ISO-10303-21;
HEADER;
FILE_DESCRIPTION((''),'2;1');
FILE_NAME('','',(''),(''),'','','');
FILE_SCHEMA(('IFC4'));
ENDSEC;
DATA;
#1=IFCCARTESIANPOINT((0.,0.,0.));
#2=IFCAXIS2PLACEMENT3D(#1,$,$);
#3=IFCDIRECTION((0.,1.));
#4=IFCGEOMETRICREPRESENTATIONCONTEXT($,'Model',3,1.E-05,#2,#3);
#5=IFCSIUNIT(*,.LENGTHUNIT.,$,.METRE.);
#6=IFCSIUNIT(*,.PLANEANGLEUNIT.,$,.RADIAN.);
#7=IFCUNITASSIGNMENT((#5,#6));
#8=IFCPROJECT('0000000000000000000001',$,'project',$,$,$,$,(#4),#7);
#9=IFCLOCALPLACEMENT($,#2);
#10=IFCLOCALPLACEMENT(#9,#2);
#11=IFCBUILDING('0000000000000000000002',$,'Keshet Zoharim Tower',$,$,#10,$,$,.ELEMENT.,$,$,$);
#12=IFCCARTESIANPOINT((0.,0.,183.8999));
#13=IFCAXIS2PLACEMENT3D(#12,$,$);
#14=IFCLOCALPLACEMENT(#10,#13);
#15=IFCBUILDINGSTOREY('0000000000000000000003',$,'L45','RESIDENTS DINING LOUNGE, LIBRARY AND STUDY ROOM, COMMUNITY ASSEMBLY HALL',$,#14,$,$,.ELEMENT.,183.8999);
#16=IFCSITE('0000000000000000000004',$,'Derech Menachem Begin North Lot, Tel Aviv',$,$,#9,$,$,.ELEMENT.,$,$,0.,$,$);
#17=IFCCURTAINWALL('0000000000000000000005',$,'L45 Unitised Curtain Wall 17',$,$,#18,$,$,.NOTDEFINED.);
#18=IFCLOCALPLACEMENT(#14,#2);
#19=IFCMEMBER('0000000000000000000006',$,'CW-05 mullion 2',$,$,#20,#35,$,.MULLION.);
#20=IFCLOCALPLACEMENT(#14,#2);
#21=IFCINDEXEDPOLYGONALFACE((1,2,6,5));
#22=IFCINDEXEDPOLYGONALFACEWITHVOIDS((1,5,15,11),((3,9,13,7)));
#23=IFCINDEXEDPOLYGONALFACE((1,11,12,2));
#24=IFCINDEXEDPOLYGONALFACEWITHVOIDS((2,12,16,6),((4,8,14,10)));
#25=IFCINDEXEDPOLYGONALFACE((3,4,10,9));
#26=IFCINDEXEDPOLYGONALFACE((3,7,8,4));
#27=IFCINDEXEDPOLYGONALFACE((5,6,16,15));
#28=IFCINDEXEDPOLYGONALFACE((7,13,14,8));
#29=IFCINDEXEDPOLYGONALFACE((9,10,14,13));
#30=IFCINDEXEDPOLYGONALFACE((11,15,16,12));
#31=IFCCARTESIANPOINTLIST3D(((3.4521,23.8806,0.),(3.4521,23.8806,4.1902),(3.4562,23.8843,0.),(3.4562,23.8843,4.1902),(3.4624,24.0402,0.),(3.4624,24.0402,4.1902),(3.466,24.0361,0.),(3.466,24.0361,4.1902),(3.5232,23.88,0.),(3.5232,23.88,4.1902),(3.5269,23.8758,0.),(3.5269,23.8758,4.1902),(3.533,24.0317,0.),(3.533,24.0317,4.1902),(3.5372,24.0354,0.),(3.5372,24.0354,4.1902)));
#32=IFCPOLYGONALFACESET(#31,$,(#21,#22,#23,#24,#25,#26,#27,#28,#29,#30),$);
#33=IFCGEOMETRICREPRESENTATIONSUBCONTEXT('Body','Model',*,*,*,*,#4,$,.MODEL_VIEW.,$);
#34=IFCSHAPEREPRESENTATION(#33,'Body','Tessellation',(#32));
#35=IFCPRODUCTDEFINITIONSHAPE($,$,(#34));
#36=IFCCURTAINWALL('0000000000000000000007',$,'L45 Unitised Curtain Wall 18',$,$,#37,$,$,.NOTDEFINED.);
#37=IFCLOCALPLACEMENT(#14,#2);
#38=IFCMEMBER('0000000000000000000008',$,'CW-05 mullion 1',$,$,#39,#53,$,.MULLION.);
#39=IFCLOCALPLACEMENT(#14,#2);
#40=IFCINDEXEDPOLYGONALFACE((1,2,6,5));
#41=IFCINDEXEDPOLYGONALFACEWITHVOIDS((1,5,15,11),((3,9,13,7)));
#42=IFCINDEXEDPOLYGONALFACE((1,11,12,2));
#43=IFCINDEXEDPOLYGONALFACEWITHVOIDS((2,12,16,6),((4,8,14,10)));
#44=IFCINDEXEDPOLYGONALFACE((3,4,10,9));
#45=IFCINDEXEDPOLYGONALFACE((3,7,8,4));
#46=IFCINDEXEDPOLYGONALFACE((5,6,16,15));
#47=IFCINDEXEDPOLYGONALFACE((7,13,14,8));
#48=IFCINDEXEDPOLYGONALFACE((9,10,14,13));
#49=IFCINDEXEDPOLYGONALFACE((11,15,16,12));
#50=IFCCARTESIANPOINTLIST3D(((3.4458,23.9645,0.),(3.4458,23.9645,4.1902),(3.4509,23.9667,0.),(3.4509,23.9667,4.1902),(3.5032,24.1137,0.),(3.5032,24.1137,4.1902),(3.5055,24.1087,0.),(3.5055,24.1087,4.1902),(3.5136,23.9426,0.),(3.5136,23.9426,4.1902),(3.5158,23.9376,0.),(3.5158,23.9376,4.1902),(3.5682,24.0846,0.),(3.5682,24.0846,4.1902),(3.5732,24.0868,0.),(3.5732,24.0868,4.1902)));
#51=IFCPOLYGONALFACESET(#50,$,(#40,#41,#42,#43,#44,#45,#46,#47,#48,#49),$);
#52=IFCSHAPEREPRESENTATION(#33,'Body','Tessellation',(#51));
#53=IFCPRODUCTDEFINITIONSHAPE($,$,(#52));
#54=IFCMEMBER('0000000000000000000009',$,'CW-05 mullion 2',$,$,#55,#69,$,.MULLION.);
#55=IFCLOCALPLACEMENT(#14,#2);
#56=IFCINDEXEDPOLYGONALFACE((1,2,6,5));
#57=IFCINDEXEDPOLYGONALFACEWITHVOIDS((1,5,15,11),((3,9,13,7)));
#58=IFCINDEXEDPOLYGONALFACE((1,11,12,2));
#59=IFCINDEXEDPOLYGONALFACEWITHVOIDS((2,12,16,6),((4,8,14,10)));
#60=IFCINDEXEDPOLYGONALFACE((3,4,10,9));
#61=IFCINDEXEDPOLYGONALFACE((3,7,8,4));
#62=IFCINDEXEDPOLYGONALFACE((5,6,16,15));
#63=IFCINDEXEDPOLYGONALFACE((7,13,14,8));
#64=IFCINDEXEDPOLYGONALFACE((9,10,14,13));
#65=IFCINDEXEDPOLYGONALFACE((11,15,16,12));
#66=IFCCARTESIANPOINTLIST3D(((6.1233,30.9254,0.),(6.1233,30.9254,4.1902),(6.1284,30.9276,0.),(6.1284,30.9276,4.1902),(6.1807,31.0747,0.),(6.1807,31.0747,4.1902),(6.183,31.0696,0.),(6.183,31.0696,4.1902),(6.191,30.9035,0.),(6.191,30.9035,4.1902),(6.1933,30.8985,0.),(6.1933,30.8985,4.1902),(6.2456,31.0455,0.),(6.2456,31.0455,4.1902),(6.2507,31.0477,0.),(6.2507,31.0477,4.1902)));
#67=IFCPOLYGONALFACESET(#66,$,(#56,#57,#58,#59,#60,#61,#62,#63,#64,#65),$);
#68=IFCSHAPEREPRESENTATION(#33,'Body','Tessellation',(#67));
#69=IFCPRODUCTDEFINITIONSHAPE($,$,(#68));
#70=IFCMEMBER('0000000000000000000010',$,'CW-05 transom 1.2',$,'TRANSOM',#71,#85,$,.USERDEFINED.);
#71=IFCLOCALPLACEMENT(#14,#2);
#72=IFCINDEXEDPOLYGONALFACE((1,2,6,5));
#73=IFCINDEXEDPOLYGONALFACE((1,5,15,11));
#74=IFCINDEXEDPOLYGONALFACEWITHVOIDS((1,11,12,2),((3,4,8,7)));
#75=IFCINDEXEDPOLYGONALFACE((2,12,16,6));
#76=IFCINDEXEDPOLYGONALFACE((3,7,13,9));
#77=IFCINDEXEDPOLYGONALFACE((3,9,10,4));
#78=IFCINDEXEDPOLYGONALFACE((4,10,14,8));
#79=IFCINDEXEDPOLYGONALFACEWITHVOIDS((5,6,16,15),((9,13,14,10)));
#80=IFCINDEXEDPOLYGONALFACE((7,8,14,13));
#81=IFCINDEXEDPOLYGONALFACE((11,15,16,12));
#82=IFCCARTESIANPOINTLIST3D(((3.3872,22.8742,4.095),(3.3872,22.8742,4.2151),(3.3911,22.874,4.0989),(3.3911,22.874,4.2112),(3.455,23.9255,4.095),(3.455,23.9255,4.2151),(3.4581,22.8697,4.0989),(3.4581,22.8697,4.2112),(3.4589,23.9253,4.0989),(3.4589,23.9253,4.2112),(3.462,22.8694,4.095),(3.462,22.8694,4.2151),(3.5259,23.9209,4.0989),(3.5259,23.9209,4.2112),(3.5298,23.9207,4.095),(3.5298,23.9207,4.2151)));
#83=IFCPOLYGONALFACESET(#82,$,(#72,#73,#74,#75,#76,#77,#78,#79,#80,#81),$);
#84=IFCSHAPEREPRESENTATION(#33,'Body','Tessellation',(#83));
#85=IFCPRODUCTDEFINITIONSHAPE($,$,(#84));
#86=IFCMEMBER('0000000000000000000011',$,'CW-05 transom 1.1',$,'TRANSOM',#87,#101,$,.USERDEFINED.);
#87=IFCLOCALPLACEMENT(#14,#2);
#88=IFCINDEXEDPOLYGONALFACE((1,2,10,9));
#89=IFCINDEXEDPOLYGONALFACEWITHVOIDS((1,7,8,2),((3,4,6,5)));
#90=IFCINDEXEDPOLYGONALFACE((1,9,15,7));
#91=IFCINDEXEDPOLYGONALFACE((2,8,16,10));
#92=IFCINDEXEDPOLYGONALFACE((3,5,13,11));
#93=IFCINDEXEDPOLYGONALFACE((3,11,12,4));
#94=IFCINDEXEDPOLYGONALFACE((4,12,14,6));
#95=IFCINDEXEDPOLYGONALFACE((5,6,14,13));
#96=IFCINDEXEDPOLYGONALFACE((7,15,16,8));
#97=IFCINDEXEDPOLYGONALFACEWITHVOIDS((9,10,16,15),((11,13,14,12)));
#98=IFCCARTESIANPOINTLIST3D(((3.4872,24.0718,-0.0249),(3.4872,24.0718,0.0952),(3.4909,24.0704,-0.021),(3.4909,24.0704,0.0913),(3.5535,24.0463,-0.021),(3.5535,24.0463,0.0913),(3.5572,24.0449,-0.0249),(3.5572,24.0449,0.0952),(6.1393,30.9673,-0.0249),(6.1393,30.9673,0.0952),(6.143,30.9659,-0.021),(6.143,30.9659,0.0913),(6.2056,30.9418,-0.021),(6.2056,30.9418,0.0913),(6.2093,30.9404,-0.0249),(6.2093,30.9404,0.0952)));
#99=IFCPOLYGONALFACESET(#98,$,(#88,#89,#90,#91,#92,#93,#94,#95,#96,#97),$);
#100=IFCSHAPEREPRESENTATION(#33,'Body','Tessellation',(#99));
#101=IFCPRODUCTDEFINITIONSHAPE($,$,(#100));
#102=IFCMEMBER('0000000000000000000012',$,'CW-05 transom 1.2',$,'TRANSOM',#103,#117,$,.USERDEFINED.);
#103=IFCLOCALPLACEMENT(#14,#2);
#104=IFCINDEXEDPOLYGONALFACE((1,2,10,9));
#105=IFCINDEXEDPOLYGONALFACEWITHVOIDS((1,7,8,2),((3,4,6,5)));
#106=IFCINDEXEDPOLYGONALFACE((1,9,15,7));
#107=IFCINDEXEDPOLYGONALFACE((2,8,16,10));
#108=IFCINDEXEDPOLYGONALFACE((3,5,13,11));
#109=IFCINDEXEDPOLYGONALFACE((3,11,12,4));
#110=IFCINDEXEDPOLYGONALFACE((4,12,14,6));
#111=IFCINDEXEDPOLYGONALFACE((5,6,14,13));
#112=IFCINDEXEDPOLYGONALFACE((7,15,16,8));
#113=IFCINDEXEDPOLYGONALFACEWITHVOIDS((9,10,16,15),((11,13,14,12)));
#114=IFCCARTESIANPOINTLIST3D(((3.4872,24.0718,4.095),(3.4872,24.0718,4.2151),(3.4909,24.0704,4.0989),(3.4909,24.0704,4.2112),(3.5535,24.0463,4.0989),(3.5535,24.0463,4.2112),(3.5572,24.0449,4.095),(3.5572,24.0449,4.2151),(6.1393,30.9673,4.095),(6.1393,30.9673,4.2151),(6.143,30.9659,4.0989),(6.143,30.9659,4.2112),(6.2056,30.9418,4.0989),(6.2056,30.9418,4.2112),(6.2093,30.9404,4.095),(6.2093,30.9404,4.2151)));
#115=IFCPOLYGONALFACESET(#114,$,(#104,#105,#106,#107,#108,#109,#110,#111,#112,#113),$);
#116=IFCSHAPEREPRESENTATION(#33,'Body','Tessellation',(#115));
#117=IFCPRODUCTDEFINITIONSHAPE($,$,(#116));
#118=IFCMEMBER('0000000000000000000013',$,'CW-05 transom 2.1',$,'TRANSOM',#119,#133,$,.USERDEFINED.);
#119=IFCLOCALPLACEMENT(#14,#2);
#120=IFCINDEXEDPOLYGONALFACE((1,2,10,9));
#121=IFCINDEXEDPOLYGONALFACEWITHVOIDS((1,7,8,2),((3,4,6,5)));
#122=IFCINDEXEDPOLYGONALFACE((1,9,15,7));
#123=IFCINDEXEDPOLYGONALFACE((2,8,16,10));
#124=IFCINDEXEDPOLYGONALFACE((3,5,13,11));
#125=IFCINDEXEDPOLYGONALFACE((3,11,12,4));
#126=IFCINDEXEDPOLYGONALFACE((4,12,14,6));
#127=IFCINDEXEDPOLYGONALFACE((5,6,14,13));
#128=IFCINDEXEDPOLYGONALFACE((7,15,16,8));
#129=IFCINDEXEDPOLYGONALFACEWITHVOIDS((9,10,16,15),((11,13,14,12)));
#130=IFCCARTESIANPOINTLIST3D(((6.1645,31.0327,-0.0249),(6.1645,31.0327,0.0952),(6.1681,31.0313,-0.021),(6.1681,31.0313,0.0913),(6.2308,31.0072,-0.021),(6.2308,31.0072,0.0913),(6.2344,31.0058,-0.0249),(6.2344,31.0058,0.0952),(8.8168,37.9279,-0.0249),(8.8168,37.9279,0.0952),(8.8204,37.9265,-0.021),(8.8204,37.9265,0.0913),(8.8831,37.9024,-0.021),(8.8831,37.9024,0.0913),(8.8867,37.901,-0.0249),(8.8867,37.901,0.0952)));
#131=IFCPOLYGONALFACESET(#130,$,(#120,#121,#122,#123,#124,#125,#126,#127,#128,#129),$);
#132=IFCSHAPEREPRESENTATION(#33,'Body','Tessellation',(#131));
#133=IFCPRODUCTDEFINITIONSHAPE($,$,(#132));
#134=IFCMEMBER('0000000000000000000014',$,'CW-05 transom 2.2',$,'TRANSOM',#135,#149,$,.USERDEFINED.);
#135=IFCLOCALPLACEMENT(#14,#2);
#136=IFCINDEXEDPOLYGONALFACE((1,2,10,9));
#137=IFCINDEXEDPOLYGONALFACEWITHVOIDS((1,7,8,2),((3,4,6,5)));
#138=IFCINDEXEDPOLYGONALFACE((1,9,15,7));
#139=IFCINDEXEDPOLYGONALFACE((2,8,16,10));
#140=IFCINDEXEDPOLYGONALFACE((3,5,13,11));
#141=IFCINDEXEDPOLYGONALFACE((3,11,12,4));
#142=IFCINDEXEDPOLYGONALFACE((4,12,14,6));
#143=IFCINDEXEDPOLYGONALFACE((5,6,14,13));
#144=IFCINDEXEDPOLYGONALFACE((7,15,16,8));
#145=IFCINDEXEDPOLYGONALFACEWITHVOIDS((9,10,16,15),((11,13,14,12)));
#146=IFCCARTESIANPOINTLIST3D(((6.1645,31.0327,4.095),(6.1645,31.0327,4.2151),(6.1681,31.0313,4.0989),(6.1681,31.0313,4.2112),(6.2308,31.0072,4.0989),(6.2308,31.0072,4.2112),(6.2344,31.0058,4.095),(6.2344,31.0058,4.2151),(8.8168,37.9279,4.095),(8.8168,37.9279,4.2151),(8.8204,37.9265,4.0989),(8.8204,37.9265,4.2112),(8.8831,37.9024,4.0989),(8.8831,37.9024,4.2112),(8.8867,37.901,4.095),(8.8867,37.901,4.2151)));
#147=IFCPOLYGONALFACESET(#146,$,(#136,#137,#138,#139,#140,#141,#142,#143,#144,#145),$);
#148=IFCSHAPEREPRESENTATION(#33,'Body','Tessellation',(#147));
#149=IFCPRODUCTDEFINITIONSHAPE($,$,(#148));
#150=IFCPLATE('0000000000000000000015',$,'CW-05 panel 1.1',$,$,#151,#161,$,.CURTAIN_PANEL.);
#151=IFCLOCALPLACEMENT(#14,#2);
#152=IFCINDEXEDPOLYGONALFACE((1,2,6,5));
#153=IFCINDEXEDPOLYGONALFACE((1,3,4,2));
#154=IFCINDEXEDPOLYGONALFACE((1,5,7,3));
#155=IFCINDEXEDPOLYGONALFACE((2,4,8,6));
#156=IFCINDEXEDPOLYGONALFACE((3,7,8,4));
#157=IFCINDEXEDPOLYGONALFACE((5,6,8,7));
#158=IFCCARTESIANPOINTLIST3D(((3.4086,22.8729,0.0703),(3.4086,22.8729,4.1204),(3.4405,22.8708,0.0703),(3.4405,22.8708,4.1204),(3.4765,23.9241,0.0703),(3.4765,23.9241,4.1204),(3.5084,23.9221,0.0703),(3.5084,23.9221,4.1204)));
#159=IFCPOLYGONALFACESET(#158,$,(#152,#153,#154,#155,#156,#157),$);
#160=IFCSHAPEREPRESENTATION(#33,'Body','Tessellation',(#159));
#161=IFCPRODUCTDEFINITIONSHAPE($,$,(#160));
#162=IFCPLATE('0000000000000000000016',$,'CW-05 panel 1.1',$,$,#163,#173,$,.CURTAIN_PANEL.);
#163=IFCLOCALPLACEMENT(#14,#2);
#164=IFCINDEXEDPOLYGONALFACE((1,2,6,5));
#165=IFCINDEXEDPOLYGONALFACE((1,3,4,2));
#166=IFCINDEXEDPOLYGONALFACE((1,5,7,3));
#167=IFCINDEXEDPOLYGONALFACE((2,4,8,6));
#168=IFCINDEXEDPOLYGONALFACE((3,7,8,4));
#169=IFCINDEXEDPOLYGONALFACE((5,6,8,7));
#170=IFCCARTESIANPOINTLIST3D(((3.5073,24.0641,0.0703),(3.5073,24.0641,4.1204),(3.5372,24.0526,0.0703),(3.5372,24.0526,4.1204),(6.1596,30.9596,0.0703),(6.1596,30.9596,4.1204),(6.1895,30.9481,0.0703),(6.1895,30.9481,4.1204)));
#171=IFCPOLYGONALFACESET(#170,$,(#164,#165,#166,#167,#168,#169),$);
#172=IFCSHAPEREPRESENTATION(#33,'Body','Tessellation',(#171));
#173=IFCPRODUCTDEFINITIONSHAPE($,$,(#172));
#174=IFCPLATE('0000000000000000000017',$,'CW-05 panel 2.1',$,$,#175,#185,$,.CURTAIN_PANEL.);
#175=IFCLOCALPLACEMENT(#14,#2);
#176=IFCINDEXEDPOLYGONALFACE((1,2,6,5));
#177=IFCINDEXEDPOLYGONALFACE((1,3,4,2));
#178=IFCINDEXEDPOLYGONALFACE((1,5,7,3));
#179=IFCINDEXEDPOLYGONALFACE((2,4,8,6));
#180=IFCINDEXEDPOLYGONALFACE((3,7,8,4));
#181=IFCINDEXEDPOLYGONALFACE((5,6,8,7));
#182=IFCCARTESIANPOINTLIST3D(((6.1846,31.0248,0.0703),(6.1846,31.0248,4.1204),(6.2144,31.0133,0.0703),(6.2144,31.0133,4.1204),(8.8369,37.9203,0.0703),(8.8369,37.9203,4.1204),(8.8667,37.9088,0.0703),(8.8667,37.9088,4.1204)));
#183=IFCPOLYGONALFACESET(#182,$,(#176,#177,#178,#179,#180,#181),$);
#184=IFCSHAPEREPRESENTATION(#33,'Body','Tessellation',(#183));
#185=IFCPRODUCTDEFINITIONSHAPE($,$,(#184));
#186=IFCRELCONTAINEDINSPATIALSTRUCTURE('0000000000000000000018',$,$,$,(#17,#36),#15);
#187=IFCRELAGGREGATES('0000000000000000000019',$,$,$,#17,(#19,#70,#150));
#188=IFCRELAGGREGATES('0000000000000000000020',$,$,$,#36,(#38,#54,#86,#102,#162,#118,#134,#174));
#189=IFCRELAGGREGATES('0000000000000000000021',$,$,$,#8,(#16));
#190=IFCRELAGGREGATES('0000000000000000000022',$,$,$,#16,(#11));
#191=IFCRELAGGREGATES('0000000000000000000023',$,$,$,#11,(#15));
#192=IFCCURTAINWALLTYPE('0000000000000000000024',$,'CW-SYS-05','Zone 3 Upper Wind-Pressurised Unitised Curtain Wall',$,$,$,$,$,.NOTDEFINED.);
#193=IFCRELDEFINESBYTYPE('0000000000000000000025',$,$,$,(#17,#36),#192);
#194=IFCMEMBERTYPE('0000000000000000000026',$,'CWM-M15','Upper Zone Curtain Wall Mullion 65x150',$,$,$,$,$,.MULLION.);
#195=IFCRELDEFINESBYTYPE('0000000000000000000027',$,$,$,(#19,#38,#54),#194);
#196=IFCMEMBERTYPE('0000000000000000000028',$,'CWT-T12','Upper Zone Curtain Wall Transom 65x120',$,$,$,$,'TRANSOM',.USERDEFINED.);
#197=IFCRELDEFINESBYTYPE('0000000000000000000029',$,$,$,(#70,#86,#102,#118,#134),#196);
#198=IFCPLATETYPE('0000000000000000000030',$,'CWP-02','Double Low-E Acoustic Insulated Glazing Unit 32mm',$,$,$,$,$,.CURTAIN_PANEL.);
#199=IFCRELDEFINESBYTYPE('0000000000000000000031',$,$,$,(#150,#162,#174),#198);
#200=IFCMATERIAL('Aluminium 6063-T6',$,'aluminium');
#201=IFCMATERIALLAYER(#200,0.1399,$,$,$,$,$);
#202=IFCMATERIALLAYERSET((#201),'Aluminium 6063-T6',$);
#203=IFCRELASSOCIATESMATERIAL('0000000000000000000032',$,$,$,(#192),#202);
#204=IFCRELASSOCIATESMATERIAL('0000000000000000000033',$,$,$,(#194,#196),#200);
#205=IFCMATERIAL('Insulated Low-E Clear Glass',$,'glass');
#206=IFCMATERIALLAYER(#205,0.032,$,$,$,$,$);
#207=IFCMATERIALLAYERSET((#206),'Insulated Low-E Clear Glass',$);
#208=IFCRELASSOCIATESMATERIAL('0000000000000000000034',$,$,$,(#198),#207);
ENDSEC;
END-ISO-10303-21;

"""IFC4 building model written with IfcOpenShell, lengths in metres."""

from ifc_helpers import new_model, si_unit, direction, frame, origin, origin_2d, place, context, subcontext, project, spatial, rectangle, hollow_rectangle, extrude, material, layer, layer_set, material_profile, profile_set, type_object, element, aggregate, save


model = new_model("IFC4")

# Units and contexts
model_context = context("Model", 3, precision=1e-05, world=origin(), true_north=direction((0.0, 1.0)))
body_context = subcontext(model_context, "Body", "Model", "MODEL_VIEW")
ifc_project = project(units=[si_unit("LENGTHUNIT", "METRE"), si_unit("PLANEANGLEUNIT", "RADIAN")], contexts=[model_context])

# Site, building, storey
site_placement = place(None, origin())
site = spatial("IfcSite", under=ifc_project, at=site_placement, Name="Derech Menachem Begin North Lot, Tel Aviv", CompositionType="ELEMENT", RefElevation=0.0)
building_placement = place(site_placement, origin())
building = spatial("IfcBuilding", under=site, at=building_placement, Name="Keshet Zoharim Tower", CompositionType="ELEMENT")
storey_placement = place(building_placement, frame((0.0, 0.0, 183.8999)))
storey = spatial("IfcBuildingStorey", under=building, at=storey_placement, Name="L45", Description="RESIDENTS DINING LOUNGE, LIBRARY AND STUDY ROOM, COMMUNITY ASSEMBLY HALL", CompositionType="ELEMENT", Elevation=183.8999)

# Curtain wall, member
ifc_material_1 = material(Name="Aluminium 6063-T6", Category="aluminium")
ifc_layer_1 = layer(ifc_material_1, 0.1399)
ifc_layer_set_1 = layer_set([ifc_layer_1], Name="Aluminium 6063-T6")
curtain_wall_type = type_object("IfcCurtainWallType", Name="CW-SYS-05", Description="Zone 3 Upper Wind-Pressurised Unitised Curtain Wall", PredefinedType="NOTDEFINED", material=ifc_layer_set_1)
curtain_wall_1_placement = place(storey_placement, origin())
curtain_wall_1 = element("IfcCurtainWall", 1, at=curtain_wall_1_placement, inside=storey, type_object=curtain_wall_type, Name="L45 Unitised Curtain Wall 17", PredefinedType="NOTDEFINED")
ifc_material_profile_1 = material_profile(ifc_material_1, hollow_rectangle(XDim=0.075, YDim=0.1599, WallThickness=0.0039, at=origin_2d()), Name="MUL-75x160")
ifc_profile_set_1 = profile_set([ifc_material_profile_1], Name="Aluminium 6063-T6")
member_type_1 = type_object("IfcMemberType", Name="CWM-M15", Description="Upper Zone Curtain Wall Mullion 65x150", PredefinedType="MULLION", material=ifc_profile_set_1)
member_1_placement = place(storey_placement, frame((3.4946, 23.958, 0.0), z_axis=(0.0, 0.0, 1.0), x_axis=(-0.997917, 0.064517, 0.0)))
member_1 = element("IfcMember", 2, at=member_1_placement, type_object=member_type_1, Name="CW-05 mullion 2", PredefinedType="MULLION", context=body_context, shape_type="SweptSolid", body=[
    extrude(hollow_rectangle(XDim=0.075, YDim=0.1599, WallThickness=0.0039, at=origin_2d()), origin(), (0.0, 0.0, 1.0), 4.1902),
])

# Curtain wall, members
curtain_wall_2_placement = place(storey_placement, origin())
curtain_wall_2 = element("IfcCurtainWall", 3, at=curtain_wall_2_placement, inside=storey, type_object=curtain_wall_type, Name="L45 Unitised Curtain Wall 18", PredefinedType="NOTDEFINED")
member_2_placement = place(storey_placement, frame((3.5095, 24.0256, 0.0), z_axis=(0.0, 0.0, 1.0), x_axis=(-0.933337, 0.359001, 0.0)))
member_2 = element("IfcMember", 4, at=member_2_placement, type_object=member_type_1, Name="CW-05 mullion 1", PredefinedType="MULLION", context=body_context, shape_type="SweptSolid", body=[
    extrude(hollow_rectangle(XDim=0.075, YDim=0.1599, WallThickness=0.0039, at=origin_2d()), origin(), (0.0, 0.0, 1.0), 4.1902),
])
member_3_placement = place(storey_placement, frame((6.187, 30.9866, 0.0), z_axis=(0.0, 0.0, 1.0), x_axis=(-0.933337, 0.359001, 0.0)))
member_3 = element("IfcMember", 5, at=member_3_placement, type_object=member_type_1, Name="CW-05 mullion 2", PredefinedType="MULLION", context=body_context, shape_type="SweptSolid", body=[
    extrude(hollow_rectangle(XDim=0.075, YDim=0.1599, WallThickness=0.0039, at=origin_2d()), origin(), (0.0, 0.0, 1.0), 4.1902),
])

# Members
ifc_material_profile_2 = material_profile(ifc_material_1, hollow_rectangle(XDim=0.075, YDim=0.1201, WallThickness=0.0039, at=origin_2d()), Name="TRN-75x120")
ifc_profile_set_2 = profile_set([ifc_material_profile_2], Name="Aluminium 6063-T6")
member_type_2 = type_object("IfcMemberType", Name="CWT-T12", Description="Upper Zone Curtain Wall Transom 65x120", ElementType="TRANSOM", PredefinedType="USERDEFINED", material=ifc_profile_set_2)
member_4_placement = place(storey_placement, frame((3.4246, 22.8718, 4.155), z_axis=(0.064427, 0.997922, 0.0), x_axis=(-0.997922, 0.064427, 0.0)))
member_4 = element("IfcMember", 6, at=member_4_placement, type_object=member_type_2, Name="CW-05 transom 1.2", ObjectType="TRANSOM", PredefinedType="USERDEFINED", context=body_context, shape_type="SweptSolid", body=[
    extrude(hollow_rectangle(XDim=0.075, YDim=0.1201, WallThickness=0.0039, at=origin_2d()), origin(), (0.0, 0.0, 1.0), 1.0535),
])
member_5_placement = place(storey_placement, frame((3.5222, 24.0583, 0.0352), z_axis=(0.358977, 0.933346, 0.0), x_axis=(-0.933346, 0.358977, 0.0)))
member_5 = element("IfcMember", 7, at=member_5_placement, type_object=member_type_2, Name="CW-05 transom 1.1", ObjectType="TRANSOM", PredefinedType="USERDEFINED", context=body_context, shape_type="SweptSolid", body=[
    extrude(hollow_rectangle(XDim=0.075, YDim=0.1201, WallThickness=0.0039, at=origin_2d()), origin(), (0.0, 0.0, 1.0), 7.3879),
])
member_6_placement = place(storey_placement, frame((3.5222, 24.0583, 4.155), z_axis=(0.358977, 0.933346, 0.0), x_axis=(-0.933346, 0.358977, 0.0)))
member_6 = element("IfcMember", 8, at=member_6_placement, type_object=member_type_2, Name="CW-05 transom 1.2", ObjectType="TRANSOM", PredefinedType="USERDEFINED", context=body_context, shape_type="SweptSolid", body=[
    extrude(hollow_rectangle(XDim=0.075, YDim=0.1201, WallThickness=0.0039, at=origin_2d()), origin(), (0.0, 0.0, 1.0), 7.3879),
])
member_7_placement = place(storey_placement, frame((6.1995, 31.0193, 0.0352), z_axis=(0.359017, 0.933331, 0.0), x_axis=(-0.933331, 0.359017, 0.0)))
member_7 = element("IfcMember", 9, at=member_7_placement, type_object=member_type_2, Name="CW-05 transom 2.1", ObjectType="TRANSOM", PredefinedType="USERDEFINED", context=body_context, shape_type="SweptSolid", body=[
    extrude(hollow_rectangle(XDim=0.075, YDim=0.1201, WallThickness=0.0039, at=origin_2d()), origin(), (0.0, 0.0, 1.0), 7.3877),
])
member_8_placement = place(storey_placement, frame((6.1995, 31.0193, 4.155), z_axis=(0.359017, 0.933331, 0.0), x_axis=(-0.933331, 0.359017, 0.0)))
member_8 = element("IfcMember", 10, at=member_8_placement, type_object=member_type_2, Name="CW-05 transom 2.2", ObjectType="TRANSOM", PredefinedType="USERDEFINED", context=body_context, shape_type="SweptSolid", body=[
    extrude(hollow_rectangle(XDim=0.075, YDim=0.1201, WallThickness=0.0039, at=origin_2d()), origin(), (0.0, 0.0, 1.0), 7.3877),
])

# Plates
ifc_material_2 = material(Name="Insulated Low-E Clear Glass", Category="glass")
ifc_layer_2 = layer(ifc_material_2, 0.032)
ifc_layer_set_2 = layer_set([ifc_layer_2], Name="Insulated Low-E Clear Glass")
plate_type = type_object("IfcPlateType", Name="CWP-02", Description="Double Low-E Acoustic Insulated Glazing Unit 32mm", PredefinedType="CURTAIN_PANEL", material=ifc_layer_set_2)
plate_1_placement = place(storey_placement, frame((3.4585, 23.3975, 0.0703), z_axis=(0.0, 0.0, 1.0), x_axis=(0.064517, 0.997917, 0.0)))
plate_1 = element("IfcPlate", 11, at=plate_1_placement, type_object=plate_type, Name="CW-05 panel 1.1", PredefinedType="CURTAIN_PANEL", context=body_context, shape_type="SweptSolid", body=[
    extrude(rectangle(XDim=1.0535, YDim=0.032, at=origin_2d()), origin(), (0.0, 0.0, 1.0), 4.05),
])
aggregate(curtain_wall_1, [member_1, member_4, plate_1])
plate_2_placement = place(storey_placement, frame((4.8484, 27.5061, 0.0703), z_axis=(0.0, 0.0, 1.0), x_axis=(0.359001, 0.933337, 0.0)))
plate_2 = element("IfcPlate", 12, at=plate_2_placement, type_object=plate_type, Name="CW-05 panel 1.1", PredefinedType="CURTAIN_PANEL", context=body_context, shape_type="SweptSolid", body=[
    extrude(rectangle(XDim=7.3879, YDim=0.032, at=origin_2d()), origin(), (0.0, 0.0, 1.0), 4.05),
])
plate_3_placement = place(storey_placement, frame((7.5256, 34.4668, 0.0703), z_axis=(0.0, 0.0, 1.0), x_axis=(0.359001, 0.933337, 0.0)))
plate_3 = element("IfcPlate", 13, at=plate_3_placement, type_object=plate_type, Name="CW-05 panel 2.1", PredefinedType="CURTAIN_PANEL", context=body_context, shape_type="SweptSolid", body=[
    extrude(rectangle(XDim=7.3879, YDim=0.032, at=origin_2d()), origin(), (0.0, 0.0, 1.0), 4.05),
])
aggregate(curtain_wall_2, [member_2, member_3, member_5, member_6, plate_2, member_7, member_8, plate_3])

save(model, "model.ifc")
